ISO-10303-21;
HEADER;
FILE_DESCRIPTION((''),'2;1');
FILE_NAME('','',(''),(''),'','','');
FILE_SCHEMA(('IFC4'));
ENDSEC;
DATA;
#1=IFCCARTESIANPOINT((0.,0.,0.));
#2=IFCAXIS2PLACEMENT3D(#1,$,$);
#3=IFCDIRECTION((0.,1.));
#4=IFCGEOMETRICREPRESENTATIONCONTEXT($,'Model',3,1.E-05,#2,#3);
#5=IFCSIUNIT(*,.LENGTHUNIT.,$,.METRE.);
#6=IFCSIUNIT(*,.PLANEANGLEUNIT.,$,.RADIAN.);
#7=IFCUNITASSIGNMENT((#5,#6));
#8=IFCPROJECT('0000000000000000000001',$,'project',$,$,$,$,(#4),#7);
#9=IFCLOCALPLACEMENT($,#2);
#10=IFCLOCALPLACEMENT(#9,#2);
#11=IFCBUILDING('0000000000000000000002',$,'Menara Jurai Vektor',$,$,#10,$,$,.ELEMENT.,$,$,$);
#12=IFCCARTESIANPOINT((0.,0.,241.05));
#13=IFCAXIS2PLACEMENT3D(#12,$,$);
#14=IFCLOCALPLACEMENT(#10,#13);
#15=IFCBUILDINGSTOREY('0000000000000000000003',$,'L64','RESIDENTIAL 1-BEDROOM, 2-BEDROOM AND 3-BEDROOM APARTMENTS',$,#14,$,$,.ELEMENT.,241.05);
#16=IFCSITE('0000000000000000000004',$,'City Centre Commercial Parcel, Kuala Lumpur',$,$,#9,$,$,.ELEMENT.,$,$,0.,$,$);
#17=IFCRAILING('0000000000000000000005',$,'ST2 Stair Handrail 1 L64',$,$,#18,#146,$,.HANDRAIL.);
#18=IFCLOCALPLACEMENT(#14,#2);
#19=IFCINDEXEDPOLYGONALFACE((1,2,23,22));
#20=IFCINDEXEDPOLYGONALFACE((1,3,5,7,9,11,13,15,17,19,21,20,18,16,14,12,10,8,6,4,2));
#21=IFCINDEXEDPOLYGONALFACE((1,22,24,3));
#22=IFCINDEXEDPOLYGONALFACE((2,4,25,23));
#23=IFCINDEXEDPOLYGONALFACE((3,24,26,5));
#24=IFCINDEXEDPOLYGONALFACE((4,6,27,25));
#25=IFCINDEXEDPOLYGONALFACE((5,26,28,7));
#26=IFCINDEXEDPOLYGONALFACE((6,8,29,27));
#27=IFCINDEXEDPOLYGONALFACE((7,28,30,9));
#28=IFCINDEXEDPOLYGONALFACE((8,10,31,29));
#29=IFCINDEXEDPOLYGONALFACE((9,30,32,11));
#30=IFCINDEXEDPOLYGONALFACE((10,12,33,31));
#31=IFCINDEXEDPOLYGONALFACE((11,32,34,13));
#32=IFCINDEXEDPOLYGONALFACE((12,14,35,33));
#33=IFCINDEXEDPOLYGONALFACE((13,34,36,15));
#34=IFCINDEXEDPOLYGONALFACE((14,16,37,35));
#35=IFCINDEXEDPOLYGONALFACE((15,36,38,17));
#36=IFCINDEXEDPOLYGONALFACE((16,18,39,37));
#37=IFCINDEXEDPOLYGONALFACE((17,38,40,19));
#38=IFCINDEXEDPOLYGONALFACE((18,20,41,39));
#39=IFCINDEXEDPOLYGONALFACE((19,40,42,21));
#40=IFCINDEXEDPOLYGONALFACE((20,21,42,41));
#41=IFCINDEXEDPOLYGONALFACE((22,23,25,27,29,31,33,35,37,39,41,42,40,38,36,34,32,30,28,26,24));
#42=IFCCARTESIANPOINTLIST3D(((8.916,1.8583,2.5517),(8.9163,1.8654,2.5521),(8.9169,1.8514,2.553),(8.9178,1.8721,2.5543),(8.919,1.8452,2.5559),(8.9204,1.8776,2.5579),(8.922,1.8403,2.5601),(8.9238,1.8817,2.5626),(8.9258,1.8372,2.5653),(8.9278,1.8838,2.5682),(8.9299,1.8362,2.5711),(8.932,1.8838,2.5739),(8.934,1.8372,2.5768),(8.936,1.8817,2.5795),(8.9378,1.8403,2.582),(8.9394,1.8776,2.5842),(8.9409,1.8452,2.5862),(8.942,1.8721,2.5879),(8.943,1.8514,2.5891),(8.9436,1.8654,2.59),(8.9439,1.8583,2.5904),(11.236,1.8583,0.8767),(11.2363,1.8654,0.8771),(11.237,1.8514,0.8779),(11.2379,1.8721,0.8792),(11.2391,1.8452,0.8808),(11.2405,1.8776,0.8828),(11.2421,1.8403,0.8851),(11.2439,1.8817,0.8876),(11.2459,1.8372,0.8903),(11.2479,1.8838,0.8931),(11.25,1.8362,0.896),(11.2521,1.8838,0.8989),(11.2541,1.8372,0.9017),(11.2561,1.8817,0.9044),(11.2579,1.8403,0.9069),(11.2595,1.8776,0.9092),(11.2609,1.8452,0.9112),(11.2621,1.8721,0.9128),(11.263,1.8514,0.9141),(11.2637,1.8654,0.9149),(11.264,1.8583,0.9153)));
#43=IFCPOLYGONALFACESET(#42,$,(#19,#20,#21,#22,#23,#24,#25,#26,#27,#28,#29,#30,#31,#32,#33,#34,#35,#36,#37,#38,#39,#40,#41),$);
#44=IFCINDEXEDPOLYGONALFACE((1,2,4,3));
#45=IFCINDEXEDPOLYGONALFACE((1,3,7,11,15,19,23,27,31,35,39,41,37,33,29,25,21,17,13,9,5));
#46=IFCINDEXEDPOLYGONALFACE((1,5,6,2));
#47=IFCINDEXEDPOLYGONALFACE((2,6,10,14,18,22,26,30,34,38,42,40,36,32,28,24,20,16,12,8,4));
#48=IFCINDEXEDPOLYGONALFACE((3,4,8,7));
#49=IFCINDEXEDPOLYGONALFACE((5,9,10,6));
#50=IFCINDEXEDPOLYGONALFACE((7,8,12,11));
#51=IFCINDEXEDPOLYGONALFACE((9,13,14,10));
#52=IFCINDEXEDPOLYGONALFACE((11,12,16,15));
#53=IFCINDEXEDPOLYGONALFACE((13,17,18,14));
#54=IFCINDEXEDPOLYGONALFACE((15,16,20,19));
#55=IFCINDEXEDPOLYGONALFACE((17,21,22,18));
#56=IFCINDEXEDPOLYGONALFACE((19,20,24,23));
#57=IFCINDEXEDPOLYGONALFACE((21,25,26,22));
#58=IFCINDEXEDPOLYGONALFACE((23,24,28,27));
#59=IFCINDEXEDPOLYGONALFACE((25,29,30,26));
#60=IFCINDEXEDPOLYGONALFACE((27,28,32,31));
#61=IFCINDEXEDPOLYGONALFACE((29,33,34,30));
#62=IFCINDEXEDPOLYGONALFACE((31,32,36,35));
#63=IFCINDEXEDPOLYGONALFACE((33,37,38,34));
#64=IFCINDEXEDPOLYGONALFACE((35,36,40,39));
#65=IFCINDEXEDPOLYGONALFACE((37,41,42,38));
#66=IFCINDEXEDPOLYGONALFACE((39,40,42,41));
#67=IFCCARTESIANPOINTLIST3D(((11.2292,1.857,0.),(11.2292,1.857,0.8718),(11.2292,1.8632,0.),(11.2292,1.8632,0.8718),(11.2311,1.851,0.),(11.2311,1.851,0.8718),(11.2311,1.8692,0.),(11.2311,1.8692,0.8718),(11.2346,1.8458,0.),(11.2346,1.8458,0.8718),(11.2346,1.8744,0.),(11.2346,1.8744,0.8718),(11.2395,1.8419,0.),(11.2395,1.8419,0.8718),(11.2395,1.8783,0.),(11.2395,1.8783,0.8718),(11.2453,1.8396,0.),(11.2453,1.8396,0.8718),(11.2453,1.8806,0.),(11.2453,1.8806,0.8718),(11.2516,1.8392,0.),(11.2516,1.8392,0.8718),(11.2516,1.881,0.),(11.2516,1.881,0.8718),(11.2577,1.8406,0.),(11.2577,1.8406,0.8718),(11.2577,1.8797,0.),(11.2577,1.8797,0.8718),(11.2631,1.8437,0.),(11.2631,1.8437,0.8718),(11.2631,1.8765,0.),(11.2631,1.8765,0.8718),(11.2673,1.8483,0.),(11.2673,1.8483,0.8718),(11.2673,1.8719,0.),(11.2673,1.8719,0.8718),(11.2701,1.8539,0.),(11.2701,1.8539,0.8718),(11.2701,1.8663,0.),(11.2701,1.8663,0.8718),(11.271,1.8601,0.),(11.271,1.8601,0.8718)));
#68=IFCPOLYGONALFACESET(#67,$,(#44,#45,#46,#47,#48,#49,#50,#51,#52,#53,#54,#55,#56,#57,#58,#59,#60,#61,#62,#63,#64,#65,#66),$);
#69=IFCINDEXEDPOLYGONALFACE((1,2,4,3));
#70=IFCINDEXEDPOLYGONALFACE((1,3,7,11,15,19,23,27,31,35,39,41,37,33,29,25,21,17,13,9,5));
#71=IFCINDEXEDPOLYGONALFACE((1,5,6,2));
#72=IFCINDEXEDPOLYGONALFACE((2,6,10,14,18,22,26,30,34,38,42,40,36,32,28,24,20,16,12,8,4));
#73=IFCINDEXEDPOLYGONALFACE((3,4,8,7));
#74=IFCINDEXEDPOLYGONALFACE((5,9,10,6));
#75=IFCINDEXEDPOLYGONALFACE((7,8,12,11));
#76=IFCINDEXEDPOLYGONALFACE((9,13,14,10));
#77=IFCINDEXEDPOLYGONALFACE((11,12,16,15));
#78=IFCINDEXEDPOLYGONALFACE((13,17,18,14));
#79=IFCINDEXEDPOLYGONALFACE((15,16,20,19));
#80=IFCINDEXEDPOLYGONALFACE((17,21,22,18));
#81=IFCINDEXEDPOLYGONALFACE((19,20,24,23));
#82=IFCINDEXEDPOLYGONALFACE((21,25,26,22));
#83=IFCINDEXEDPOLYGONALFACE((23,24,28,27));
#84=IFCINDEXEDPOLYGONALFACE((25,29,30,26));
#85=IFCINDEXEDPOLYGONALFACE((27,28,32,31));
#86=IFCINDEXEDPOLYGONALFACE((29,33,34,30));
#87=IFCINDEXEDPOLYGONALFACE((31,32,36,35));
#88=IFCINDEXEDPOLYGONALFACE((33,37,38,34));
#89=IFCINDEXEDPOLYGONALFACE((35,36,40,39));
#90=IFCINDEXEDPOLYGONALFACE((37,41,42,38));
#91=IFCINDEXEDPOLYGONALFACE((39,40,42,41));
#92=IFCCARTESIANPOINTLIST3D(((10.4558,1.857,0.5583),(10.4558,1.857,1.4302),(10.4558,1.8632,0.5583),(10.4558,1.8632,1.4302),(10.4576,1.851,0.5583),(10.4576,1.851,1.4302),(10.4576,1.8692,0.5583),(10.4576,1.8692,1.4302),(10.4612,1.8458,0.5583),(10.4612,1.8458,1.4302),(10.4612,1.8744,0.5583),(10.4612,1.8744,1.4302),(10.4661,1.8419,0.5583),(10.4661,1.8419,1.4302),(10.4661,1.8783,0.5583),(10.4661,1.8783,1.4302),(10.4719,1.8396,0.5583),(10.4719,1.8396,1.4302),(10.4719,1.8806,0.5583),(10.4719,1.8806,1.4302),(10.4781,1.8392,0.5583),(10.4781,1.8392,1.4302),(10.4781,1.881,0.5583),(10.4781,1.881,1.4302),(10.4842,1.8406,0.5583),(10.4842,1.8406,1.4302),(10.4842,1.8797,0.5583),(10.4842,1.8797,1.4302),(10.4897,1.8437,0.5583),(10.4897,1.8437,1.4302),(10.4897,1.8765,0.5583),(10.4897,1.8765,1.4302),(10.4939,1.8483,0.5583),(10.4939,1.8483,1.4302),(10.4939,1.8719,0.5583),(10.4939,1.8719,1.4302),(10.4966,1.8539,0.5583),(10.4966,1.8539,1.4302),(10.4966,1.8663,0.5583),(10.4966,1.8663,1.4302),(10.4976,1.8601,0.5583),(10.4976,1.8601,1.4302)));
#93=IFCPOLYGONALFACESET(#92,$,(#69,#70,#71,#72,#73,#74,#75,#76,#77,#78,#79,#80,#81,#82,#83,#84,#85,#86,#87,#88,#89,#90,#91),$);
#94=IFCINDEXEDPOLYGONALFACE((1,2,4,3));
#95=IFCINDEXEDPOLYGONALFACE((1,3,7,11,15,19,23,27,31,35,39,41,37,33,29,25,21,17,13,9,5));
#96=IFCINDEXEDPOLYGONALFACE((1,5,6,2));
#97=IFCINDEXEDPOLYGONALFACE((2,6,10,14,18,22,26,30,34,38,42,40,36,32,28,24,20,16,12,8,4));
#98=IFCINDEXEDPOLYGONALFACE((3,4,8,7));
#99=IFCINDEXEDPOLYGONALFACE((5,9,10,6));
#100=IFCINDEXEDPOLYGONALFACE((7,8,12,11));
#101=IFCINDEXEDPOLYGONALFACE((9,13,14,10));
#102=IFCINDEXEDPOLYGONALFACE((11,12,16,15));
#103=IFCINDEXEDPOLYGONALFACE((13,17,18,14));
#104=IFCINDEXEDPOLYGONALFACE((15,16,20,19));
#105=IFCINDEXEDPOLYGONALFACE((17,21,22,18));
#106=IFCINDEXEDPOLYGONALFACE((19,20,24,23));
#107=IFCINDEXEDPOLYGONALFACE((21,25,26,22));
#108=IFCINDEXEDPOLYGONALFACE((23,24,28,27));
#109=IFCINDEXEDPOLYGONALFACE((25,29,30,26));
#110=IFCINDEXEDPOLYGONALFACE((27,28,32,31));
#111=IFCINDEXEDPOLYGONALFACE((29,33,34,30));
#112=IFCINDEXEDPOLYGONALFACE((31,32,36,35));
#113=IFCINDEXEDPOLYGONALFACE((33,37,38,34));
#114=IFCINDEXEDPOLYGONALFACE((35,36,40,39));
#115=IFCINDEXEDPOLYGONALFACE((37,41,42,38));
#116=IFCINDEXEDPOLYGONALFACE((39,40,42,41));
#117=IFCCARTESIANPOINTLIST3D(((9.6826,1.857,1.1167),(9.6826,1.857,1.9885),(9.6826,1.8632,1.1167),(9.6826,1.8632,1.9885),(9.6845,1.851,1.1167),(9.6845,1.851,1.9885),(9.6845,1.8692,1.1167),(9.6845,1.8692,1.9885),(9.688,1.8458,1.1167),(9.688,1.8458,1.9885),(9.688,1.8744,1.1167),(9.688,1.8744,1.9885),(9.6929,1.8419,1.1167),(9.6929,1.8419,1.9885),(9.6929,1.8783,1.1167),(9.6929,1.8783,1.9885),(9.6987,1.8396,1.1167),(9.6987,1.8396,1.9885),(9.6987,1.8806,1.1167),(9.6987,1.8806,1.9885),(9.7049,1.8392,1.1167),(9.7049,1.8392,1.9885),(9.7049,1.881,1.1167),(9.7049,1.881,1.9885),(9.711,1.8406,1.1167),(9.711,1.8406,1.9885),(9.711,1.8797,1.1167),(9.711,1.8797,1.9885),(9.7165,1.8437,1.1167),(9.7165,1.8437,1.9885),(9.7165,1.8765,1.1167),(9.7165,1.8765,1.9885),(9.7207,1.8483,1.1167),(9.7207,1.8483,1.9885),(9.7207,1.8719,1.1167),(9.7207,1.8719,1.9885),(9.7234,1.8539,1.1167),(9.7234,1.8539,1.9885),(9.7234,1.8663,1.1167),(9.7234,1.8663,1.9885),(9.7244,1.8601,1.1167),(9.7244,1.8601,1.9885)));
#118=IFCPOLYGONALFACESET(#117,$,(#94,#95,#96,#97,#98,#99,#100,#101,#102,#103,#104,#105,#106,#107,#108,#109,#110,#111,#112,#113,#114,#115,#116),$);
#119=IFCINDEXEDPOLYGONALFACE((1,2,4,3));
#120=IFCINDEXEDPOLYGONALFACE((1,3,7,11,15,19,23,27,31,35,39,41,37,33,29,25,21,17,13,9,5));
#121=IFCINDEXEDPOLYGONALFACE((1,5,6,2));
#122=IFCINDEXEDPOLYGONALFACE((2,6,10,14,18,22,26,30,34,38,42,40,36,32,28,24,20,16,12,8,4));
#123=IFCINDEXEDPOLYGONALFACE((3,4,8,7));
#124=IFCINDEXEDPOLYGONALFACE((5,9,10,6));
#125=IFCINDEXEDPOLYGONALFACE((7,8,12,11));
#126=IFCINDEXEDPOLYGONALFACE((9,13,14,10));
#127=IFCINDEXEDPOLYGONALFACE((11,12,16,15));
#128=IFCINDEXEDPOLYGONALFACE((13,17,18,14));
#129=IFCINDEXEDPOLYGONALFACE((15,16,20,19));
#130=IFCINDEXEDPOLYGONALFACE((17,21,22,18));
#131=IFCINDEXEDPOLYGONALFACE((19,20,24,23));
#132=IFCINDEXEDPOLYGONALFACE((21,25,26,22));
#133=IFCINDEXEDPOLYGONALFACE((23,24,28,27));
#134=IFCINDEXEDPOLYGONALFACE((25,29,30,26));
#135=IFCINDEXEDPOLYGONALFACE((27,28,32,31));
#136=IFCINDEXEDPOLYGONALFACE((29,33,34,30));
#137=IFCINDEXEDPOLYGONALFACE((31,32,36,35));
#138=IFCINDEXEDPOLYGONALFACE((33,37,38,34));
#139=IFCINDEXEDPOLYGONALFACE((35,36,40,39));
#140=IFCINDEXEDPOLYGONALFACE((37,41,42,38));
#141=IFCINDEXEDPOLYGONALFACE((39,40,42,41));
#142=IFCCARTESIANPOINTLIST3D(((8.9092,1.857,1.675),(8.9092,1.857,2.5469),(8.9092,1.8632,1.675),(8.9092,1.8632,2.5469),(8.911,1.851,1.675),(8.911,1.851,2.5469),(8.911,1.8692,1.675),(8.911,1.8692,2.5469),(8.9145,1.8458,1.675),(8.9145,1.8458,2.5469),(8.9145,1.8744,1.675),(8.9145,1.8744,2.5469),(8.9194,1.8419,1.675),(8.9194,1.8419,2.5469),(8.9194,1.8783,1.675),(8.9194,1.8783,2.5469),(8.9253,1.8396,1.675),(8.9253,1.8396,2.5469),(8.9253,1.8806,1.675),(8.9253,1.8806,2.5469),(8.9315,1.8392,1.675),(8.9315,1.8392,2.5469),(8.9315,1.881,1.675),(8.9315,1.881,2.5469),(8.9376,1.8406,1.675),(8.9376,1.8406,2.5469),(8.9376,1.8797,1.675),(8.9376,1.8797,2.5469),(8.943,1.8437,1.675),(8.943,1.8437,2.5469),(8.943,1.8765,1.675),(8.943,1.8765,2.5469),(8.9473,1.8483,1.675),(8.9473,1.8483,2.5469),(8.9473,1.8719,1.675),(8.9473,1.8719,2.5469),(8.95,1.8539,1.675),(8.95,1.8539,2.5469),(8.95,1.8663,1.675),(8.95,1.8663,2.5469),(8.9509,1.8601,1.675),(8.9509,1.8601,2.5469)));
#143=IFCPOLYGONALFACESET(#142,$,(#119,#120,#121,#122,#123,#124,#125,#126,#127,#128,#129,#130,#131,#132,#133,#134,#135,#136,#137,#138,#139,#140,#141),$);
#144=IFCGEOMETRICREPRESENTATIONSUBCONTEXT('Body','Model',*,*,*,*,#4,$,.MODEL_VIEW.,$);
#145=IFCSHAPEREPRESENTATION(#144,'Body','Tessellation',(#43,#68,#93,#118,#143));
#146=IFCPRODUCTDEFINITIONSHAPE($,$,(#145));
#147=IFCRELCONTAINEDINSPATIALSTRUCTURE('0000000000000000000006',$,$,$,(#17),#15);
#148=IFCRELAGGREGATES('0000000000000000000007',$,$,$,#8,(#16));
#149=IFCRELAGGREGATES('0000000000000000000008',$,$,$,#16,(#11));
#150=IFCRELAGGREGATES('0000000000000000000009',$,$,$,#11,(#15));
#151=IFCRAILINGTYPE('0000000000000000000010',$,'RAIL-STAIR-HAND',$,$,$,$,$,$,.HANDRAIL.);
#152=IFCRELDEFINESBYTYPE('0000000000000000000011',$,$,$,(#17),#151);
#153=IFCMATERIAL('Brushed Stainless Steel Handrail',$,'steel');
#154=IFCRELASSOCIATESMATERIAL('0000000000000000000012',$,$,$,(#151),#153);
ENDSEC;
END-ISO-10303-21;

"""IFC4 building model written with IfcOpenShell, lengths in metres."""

from ifc_helpers import new_model, si_unit, direction, frame, origin, origin_2d, place, context, subcontext, project, spatial, circle, extrude, material, type_object, element, save


model = new_model("IFC4")

# Units and contexts
model_context = context("Model", 3, precision=1e-05, world=origin(), true_north=direction((0.0, 1.0)))
body_context = subcontext(model_context, "Body", "Model", "MODEL_VIEW")
ifc_project = project(units=[si_unit("LENGTHUNIT", "METRE"), si_unit("PLANEANGLEUNIT", "RADIAN")], contexts=[model_context])

# Site, building, storey
site_placement = place(None, origin())
site = spatial("IfcSite", under=ifc_project, at=site_placement, Name="City Centre Commercial Parcel, Kuala Lumpur", CompositionType="ELEMENT", RefElevation=0.0)
building_placement = place(site_placement, origin())
building = spatial("IfcBuilding", under=site, at=building_placement, Name="Menara Jurai Vektor", CompositionType="ELEMENT")
storey_placement = place(building_placement, frame((0.0, 0.0, 241.05)))
storey = spatial("IfcBuildingStorey", under=building, at=storey_placement, Name="L64", Description="RESIDENTIAL 1-BEDROOM, 2-BEDROOM AND 3-BEDROOM APARTMENTS", CompositionType="ELEMENT", Elevation=241.05)

# Railing
ifc_material_1 = material(Name="Brushed Stainless Steel Handrail", Category="steel")
railing_type_1 = type_object("IfcRailingType", Name="RAIL-STAIR-HAND", PredefinedType="HANDRAIL", material=ifc_material_1)
railing_1_placement = place(storey_placement, frame((11.25, 1.8601, 0.0)))
element("IfcRailing", 1, at=railing_1_placement, inside=storey, type_object=railing_type_1, Name="ST2 Stair Handrail 1 L64", PredefinedType="HANDRAIL", context=body_context, shape_type="SweptSolid", body=[
    extrude(circle(Radius=0.0239, at=origin_2d()), frame((0.0, 0.0, 0.896), z_axis=(-0.810771, 0.0, 0.585363), x_axis=(0.0, -1.0, 0.0)), (0.0, 0.0, 1.0), 2.8616),
    extrude(circle(Radius=0.021, at=origin_2d()), origin(), (0.0, 0.0, 1.0), 0.8718),
    extrude(circle(Radius=0.021, at=origin_2d()), frame((-0.7734, 0.0, 0.5583)), (0.0, 0.0, 1.0), 0.8718),
    extrude(circle(Radius=0.021, at=origin_2d()), frame((-1.5466, 0.0, 1.1167)), (0.0, 0.0, 1.0), 0.8718),
    extrude(circle(Radius=0.021, at=origin_2d()), frame((-2.3201, 0.0, 1.675)), (0.0, 0.0, 1.0), 0.8718),
])

save(model, "model.ifc")
